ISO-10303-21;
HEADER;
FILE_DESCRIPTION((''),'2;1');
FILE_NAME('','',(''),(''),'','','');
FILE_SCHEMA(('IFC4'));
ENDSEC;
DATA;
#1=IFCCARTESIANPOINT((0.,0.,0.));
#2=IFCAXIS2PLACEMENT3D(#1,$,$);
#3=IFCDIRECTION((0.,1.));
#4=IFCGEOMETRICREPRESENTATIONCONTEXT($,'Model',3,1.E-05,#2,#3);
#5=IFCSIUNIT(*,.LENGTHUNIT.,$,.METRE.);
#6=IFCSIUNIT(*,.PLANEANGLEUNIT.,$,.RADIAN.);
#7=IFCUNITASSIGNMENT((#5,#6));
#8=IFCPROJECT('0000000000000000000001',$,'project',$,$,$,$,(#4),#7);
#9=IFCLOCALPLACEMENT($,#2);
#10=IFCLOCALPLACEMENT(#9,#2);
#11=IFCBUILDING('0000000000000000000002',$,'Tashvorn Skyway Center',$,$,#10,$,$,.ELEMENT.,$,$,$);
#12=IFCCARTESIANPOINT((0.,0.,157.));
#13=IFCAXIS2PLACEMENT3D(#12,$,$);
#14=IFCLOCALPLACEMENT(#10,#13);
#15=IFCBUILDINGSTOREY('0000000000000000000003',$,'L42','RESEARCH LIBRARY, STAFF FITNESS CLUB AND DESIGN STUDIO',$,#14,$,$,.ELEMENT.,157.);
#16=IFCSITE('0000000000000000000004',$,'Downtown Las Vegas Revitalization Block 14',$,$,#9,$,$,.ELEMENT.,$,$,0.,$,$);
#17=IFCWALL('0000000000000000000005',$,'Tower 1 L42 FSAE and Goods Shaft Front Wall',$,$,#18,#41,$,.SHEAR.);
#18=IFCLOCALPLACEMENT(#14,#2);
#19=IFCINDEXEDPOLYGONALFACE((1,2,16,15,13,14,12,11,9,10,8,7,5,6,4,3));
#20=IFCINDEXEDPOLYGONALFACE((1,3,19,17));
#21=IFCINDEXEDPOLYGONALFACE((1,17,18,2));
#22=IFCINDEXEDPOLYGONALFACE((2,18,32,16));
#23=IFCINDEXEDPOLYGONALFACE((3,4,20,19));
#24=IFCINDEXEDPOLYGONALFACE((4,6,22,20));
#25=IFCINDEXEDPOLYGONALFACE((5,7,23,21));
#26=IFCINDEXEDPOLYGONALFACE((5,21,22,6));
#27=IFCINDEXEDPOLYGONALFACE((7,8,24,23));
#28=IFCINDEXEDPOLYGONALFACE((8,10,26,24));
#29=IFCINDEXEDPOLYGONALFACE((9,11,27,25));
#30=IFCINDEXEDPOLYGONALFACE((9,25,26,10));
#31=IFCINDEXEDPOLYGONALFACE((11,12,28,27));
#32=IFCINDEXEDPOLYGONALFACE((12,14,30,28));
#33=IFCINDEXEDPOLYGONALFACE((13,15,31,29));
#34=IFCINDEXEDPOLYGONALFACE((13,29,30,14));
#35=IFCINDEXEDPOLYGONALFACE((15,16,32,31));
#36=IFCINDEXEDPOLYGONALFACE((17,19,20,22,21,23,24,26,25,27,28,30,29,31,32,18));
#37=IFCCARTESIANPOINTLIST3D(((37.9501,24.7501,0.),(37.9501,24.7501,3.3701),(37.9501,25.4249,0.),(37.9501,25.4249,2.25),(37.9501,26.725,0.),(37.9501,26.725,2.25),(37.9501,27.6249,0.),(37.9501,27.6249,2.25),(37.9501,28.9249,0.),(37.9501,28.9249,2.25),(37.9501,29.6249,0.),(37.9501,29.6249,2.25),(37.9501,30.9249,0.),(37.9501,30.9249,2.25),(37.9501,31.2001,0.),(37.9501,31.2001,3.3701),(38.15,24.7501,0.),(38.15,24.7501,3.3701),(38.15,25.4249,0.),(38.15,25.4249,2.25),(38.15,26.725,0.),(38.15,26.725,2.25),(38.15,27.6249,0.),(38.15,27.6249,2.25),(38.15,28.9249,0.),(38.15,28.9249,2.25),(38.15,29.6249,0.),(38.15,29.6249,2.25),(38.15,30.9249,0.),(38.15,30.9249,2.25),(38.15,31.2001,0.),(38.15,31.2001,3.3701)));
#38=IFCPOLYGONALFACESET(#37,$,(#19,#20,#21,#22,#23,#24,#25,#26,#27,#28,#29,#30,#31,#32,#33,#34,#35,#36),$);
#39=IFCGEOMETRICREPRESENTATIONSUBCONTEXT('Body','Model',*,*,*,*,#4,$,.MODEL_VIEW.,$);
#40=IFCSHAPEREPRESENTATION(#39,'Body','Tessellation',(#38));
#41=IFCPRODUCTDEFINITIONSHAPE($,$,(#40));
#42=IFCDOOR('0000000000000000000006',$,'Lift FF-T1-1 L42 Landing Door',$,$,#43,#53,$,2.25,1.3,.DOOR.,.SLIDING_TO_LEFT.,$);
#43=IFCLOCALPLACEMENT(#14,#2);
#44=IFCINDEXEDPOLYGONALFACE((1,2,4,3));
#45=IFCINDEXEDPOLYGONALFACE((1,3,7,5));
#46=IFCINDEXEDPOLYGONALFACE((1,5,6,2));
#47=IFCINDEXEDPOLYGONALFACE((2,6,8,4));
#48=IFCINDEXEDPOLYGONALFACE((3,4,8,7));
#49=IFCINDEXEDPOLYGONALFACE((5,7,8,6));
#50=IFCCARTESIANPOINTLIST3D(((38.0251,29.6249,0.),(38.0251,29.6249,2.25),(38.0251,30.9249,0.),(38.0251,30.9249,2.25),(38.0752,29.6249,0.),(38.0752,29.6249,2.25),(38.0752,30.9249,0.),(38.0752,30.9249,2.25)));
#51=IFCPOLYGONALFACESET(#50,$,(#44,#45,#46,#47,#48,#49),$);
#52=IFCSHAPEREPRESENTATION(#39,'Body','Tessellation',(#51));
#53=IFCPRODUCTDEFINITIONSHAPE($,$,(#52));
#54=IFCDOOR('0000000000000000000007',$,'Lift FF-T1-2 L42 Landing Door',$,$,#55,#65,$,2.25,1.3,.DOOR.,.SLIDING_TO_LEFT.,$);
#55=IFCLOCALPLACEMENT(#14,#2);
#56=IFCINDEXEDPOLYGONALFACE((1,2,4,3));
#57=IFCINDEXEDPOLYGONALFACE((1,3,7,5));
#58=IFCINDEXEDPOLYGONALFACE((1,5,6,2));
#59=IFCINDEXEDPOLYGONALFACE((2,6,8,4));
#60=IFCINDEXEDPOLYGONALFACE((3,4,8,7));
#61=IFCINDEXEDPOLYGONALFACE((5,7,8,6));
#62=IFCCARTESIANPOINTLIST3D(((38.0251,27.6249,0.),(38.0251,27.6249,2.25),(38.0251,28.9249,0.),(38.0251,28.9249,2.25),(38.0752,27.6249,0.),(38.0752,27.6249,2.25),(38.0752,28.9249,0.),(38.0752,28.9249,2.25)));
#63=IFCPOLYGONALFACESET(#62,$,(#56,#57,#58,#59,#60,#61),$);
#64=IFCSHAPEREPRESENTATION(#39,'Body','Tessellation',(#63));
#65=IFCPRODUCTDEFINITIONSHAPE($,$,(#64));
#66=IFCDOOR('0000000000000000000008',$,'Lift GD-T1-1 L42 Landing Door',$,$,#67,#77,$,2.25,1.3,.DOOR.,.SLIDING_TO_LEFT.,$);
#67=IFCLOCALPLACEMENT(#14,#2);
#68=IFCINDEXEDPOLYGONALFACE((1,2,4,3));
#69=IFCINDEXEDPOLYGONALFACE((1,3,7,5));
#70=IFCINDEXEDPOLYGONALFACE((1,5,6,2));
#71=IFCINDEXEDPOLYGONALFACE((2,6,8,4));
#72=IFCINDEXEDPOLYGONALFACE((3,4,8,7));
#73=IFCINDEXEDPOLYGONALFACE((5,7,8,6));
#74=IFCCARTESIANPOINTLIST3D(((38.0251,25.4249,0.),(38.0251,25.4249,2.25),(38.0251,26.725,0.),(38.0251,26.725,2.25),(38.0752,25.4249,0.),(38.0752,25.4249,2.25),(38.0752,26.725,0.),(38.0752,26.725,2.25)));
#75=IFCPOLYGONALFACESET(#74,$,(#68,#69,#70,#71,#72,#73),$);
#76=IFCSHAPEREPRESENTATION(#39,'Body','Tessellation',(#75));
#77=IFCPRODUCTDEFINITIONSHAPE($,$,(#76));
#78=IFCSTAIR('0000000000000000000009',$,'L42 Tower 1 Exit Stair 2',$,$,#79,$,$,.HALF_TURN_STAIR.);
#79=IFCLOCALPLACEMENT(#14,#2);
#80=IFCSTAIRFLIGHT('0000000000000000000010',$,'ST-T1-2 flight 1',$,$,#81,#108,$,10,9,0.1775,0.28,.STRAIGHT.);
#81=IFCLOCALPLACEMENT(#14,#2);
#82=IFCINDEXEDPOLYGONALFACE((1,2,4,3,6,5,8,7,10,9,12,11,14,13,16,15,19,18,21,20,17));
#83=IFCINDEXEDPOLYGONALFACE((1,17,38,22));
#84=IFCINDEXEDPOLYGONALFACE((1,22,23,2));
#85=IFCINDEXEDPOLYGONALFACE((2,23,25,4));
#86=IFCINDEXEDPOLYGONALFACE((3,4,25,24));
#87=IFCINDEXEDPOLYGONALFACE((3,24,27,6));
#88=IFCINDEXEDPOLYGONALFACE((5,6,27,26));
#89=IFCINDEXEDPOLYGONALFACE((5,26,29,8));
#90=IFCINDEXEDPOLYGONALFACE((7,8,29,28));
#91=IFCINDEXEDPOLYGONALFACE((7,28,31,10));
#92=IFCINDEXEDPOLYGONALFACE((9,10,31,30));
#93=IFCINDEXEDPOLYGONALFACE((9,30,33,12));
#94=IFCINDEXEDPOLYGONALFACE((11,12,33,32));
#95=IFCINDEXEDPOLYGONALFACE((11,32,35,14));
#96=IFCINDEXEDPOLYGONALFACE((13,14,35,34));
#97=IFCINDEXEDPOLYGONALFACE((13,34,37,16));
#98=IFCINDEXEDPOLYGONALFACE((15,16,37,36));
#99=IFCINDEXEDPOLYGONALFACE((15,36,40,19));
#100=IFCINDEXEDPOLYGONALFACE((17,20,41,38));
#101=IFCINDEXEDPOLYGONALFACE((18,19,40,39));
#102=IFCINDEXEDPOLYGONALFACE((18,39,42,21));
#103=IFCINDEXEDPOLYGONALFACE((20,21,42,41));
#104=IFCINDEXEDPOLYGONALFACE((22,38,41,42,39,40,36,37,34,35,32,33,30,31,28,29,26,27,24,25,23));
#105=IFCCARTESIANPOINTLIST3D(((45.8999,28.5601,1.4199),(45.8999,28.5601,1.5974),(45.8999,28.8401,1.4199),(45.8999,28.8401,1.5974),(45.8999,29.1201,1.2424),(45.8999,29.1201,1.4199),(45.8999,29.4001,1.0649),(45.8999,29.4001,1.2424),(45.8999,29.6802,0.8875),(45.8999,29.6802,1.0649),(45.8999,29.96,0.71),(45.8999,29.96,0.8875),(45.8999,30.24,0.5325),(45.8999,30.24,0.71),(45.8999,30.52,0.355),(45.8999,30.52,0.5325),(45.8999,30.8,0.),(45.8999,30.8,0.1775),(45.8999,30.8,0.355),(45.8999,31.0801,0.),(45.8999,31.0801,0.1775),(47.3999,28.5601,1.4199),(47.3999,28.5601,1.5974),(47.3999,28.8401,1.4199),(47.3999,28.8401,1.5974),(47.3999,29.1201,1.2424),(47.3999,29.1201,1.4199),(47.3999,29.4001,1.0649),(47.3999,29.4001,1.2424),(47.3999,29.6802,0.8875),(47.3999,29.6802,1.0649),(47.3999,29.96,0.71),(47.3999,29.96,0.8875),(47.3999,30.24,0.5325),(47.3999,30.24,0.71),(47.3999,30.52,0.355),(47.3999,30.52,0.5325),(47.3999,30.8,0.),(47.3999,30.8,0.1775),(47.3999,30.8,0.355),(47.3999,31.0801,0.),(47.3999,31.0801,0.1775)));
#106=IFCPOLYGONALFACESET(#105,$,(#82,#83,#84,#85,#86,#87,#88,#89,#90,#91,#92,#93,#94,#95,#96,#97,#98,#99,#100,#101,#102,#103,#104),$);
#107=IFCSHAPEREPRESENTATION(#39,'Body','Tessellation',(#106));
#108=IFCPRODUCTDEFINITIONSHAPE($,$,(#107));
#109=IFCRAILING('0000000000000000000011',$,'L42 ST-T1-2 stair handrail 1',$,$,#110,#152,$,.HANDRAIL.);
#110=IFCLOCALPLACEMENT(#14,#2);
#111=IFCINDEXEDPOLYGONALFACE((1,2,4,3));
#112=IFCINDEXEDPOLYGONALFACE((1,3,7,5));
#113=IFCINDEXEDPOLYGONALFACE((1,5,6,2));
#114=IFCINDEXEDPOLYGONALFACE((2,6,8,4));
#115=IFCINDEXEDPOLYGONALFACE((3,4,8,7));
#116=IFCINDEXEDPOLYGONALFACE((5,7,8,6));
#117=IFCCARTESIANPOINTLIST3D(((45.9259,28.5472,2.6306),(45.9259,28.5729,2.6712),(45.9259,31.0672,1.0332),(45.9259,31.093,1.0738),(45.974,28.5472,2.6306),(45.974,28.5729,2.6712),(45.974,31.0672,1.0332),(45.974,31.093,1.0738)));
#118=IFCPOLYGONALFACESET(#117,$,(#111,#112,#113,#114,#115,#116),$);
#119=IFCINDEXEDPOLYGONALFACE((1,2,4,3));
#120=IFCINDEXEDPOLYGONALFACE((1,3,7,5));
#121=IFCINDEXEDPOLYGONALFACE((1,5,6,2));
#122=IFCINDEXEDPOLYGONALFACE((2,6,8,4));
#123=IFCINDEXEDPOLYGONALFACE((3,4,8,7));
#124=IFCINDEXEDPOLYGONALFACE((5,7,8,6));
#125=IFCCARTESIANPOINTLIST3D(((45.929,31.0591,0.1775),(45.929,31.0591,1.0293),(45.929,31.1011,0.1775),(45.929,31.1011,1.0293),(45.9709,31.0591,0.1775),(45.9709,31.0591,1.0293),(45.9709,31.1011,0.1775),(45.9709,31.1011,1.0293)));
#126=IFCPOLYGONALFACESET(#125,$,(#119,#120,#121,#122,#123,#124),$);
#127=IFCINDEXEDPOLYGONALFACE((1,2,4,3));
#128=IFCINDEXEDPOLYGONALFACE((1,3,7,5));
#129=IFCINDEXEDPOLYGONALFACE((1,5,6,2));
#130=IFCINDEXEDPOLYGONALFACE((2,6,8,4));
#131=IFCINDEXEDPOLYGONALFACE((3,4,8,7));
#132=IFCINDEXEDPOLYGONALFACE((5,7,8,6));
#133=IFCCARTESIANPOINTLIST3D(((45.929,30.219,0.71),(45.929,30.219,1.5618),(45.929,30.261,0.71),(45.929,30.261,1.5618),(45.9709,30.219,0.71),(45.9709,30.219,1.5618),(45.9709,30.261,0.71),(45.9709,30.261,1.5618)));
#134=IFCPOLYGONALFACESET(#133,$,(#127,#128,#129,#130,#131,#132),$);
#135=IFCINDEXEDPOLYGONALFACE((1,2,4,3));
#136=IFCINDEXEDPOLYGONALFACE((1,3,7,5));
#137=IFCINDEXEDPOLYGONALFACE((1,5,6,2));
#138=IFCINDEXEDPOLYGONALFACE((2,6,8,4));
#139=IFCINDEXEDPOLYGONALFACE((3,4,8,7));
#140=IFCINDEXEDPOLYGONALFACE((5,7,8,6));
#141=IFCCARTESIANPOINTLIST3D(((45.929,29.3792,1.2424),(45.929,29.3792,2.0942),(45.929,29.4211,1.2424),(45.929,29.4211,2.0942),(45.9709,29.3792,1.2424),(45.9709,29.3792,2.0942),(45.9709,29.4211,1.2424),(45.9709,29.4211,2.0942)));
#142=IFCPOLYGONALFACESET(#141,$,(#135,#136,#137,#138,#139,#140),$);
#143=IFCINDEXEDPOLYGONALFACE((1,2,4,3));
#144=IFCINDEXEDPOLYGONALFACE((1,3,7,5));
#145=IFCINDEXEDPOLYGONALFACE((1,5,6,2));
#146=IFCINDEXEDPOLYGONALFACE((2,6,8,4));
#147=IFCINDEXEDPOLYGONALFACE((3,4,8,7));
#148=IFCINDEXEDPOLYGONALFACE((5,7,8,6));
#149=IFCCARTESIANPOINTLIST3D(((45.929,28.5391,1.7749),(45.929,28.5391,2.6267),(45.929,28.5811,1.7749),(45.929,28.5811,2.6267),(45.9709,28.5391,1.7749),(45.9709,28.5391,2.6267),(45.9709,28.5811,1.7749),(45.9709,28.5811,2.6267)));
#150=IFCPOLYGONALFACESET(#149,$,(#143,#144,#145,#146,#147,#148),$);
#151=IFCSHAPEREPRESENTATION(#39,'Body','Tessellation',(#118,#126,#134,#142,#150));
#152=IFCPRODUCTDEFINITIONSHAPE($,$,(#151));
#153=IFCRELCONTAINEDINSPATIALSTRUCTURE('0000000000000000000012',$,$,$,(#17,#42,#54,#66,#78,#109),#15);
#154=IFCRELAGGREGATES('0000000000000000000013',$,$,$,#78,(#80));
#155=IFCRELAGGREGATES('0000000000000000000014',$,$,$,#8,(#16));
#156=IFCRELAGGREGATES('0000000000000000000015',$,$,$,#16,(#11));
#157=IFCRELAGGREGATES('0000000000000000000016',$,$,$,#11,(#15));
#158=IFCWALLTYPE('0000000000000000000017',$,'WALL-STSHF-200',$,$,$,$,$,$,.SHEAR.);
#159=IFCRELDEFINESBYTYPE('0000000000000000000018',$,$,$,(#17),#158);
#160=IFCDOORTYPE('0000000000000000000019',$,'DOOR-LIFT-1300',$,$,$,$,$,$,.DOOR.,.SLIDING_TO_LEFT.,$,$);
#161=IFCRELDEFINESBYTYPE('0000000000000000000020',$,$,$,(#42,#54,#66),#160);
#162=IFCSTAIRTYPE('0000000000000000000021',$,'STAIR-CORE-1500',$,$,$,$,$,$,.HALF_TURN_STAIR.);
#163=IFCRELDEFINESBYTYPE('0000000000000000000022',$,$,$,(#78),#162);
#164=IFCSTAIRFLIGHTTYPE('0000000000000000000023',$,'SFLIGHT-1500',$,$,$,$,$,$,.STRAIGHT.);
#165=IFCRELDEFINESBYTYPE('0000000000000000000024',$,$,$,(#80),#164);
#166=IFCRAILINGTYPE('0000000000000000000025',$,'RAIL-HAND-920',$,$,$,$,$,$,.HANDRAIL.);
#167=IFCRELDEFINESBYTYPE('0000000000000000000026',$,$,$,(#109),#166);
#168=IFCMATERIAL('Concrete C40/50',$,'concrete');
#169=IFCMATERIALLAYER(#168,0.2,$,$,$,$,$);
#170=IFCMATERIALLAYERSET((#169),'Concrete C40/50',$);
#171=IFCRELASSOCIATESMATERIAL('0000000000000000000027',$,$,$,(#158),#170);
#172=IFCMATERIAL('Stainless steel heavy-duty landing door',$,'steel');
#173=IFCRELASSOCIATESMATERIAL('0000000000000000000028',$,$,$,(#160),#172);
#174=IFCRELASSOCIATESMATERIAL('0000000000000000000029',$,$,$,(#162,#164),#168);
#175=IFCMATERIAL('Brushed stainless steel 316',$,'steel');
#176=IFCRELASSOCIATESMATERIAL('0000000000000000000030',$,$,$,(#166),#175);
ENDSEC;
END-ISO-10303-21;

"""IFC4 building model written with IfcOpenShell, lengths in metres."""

from ifc_helpers import new_model, si_unit, direction, frame, frame_2d, origin, origin_2d, place, context, subcontext, project, spatial, polyline, rectangle, outline, extrude, material, layer, layer_set, type_object, element, fill, aggregate, save


model = new_model("IFC4")

# Units and contexts
model_context = context("Model", 3, precision=1e-05, world=origin(), true_north=direction((0.0, 1.0)))
body_context = subcontext(model_context, "Body", "Model", "MODEL_VIEW")
ifc_project = project(units=[si_unit("LENGTHUNIT", "METRE"), si_unit("PLANEANGLEUNIT", "RADIAN")], contexts=[model_context])

# Site, building, storey
site_placement = place(None, origin())
site = spatial("IfcSite", under=ifc_project, at=site_placement, Name="Downtown Las Vegas Revitalization Block 14", CompositionType="ELEMENT", RefElevation=0.0)
building_placement = place(site_placement, origin())
building = spatial("IfcBuilding", under=site, at=building_placement, Name="Tashvorn Skyway Center", CompositionType="ELEMENT")
storey_placement = place(building_placement, frame((0.0, 0.0, 157.0)))
storey = spatial("IfcBuildingStorey", under=building, at=storey_placement, Name="L42", Description="RESEARCH LIBRARY, STAFF FITNESS CLUB AND DESIGN STUDIO", CompositionType="ELEMENT", Elevation=157.0)

# Shared definitions
ifc_material_1 = material(Name="Concrete C40/50", Category="concrete")

# Shared definitions
ifc_layer_1 = layer(ifc_material_1, 0.2)
ifc_layer_set_1 = layer_set([ifc_layer_1], Name="Concrete C40/50")
wall_type_1 = type_object("IfcWallType", Name="WALL-STSHF-200", PredefinedType="SHEAR", material=ifc_layer_set_1)

# Wall, openings, doors
wall_1_placement = place(storey_placement, frame((38.05, 24.75, 0.0), z_axis=(0.0, 0.0, 1.0), x_axis=(0.0, 1.0, 0.0)))
wall_1 = element("IfcWall", 1, at=wall_1_placement, inside=storey, type_object=wall_type_1, Name="Tower 1 L42 FSAE and Goods Shaft Front Wall", PredefinedType="SHEAR", context=body_context, shape_type="SweptSolid", body=[
    extrude(rectangle(XDim=6.45, YDim=0.2, at=frame_2d((3.2251, 0.0))), origin(), (0.0, 0.0, 1.0), 3.3701),
])
opening_1_placement = place(wall_1_placement, frame((4.875, 0.0, 0.0)))
opening_1 = element("IfcOpeningElement", 2, at=opening_1_placement, cuts=wall_1, PredefinedType="OPENING", context=body_context, shape_type="SweptSolid", body=[
    extrude(rectangle(XDim=1.3, YDim=2.25, at=frame_2d((0.6499, 1.125))), frame((0.0, 0.1099, 0.0), z_axis=(0.0, -1.0, 0.0), x_axis=(1.0, 0.0, 0.0)), (0.0, 0.0, 1.0), 0.22),
])
opening_2_placement = place(wall_1_placement, frame((2.875, 0.0, 0.0)))
opening_2 = element("IfcOpeningElement", 3, at=opening_2_placement, cuts=wall_1, PredefinedType="OPENING", context=body_context, shape_type="SweptSolid", body=[
    extrude(rectangle(XDim=1.3, YDim=2.25, at=frame_2d((0.6499, 1.125))), frame((0.0, 0.1099, 0.0), z_axis=(0.0, -1.0, 0.0), x_axis=(1.0, 0.0, 0.0)), (0.0, 0.0, 1.0), 0.22),
])
opening_3_placement = place(wall_1_placement, frame((0.675, 0.0, 0.0)))
opening_3 = element("IfcOpeningElement", 4, at=opening_3_placement, cuts=wall_1, PredefinedType="OPENING", context=body_context, shape_type="SweptSolid", body=[
    extrude(rectangle(XDim=1.3, YDim=2.25, at=frame_2d((0.6499, 1.125))), frame((0.0, 0.1099, 0.0), z_axis=(0.0, -1.0, 0.0), x_axis=(1.0, 0.0, 0.0)), (0.0, 0.0, 1.0), 0.22),
])
ifc_material_2 = material(Name="Stainless steel heavy-duty landing door", Category="steel")
door_type_1 = type_object("IfcDoorType", Name="DOOR-LIFT-1300", OperationType="SLIDING_TO_LEFT", PredefinedType="DOOR", material=ifc_material_2)
door_1_placement = place(opening_1_placement, origin())
door_1 = element("IfcDoor", 5, at=door_1_placement, inside=storey, type_object=door_type_1, Name="Lift FF-T1-1 L42 Landing Door", OperationType="SLIDING_TO_LEFT", OverallHeight=2.25, OverallWidth=1.3, PredefinedType="DOOR", context=body_context, shape_type="SweptSolid", body=[
    extrude(rectangle(XDim=1.3, YDim=2.25, at=frame_2d((0.6499, 1.125))), frame((0.0, 0.0249, 0.0), z_axis=(0.0, -1.0, 0.0), x_axis=(1.0, 0.0, 0.0)), (0.0, 0.0, 1.0), 0.05),
])
fill(opening_1, door_1)
door_2_placement = place(opening_2_placement, origin())
door_2 = element("IfcDoor", 6, at=door_2_placement, inside=storey, type_object=door_type_1, Name="Lift FF-T1-2 L42 Landing Door", OperationType="SLIDING_TO_LEFT", OverallHeight=2.25, OverallWidth=1.3, PredefinedType="DOOR", context=body_context, shape_type="SweptSolid", body=[
    extrude(rectangle(XDim=1.3, YDim=2.25, at=frame_2d((0.6499, 1.125))), frame((0.0, 0.0249, 0.0), z_axis=(0.0, -1.0, 0.0), x_axis=(1.0, 0.0, 0.0)), (0.0, 0.0, 1.0), 0.05),
])
fill(opening_2, door_2)
door_3_placement = place(opening_3_placement, origin())
door_3 = element("IfcDoor", 7, at=door_3_placement, inside=storey, type_object=door_type_1, Name="Lift GD-T1-1 L42 Landing Door", OperationType="SLIDING_TO_LEFT", OverallHeight=2.25, OverallWidth=1.3, PredefinedType="DOOR", context=body_context, shape_type="SweptSolid", body=[
    extrude(rectangle(XDim=1.3, YDim=2.25, at=frame_2d((0.6499, 1.125))), frame((0.0, 0.0249, 0.0), z_axis=(0.0, -1.0, 0.0), x_axis=(1.0, 0.0, 0.0)), (0.0, 0.0, 1.0), 0.05),
])
fill(opening_3, door_3)

# Stair, stair flight
stair_type = type_object("IfcStairType", Name="STAIR-CORE-1500", PredefinedType="HALF_TURN_STAIR", material=ifc_material_1)
stair_placement = place(storey_placement, origin())
stair = element("IfcStair", 8, at=stair_placement, inside=storey, type_object=stair_type, Name="L42 Tower 1 Exit Stair 2", PredefinedType="HALF_TURN_STAIR")
stair_flight_type = type_object("IfcStairFlightType", Name="SFLIGHT-1500", PredefinedType="STRAIGHT", material=ifc_material_1)
stair_flight_placement = place(storey_placement, frame((46.6499, 31.0801, 0.0), z_axis=(0.0, 0.0, 1.0), x_axis=(0.0, -1.0, 0.0)))
stair_flight = element("IfcStairFlight", 9, at=stair_flight_placement, type_object=stair_flight_type, Name="ST-T1-2 flight 1", NumberOfRisers=10, NumberOfTreads=9, PredefinedType="STRAIGHT", RiserHeight=0.1775, TreadLength=0.28, context=body_context, shape_type="SweptSolid", body=[
    extrude(outline(polyline([(0.0, 0.0), (0.0, 0.1775), (0.28, 0.1775), (0.28, 0.355), (0.5601, 0.355), (0.5601, 0.5325), (0.8401, 0.5325), (0.8401, 0.71), (1.1201, 0.71), (1.1201, 0.8875), (1.3999, 0.8875), (1.3999, 1.0649), (1.6799, 1.0649), (1.6799, 1.2424), (1.96, 1.2424), (1.96, 1.4199), (2.24, 1.4199), (2.24, 1.5974), (2.52, 1.5974), (2.52, 1.7749), (2.52, 1.4199), (0.28, 0.0), (0.0, 0.0)])), frame((0.0, 0.75, 0.0), z_axis=(0.0, -1.0, 0.0), x_axis=(1.0, 0.0, 0.0)), (0.0, 0.0, 1.0), 1.5),
])
aggregate(stair, [stair_flight])

# Railing
ifc_material_3 = material(Name="Brushed stainless steel 316", Category="steel")
railing_type_1 = type_object("IfcRailingType", Name="RAIL-HAND-920", PredefinedType="HANDRAIL", material=ifc_material_3)
railing_1_placement = place(storey_placement, frame((45.95, 31.0801, 0.1775)))
element("IfcRailing", 10, at=railing_1_placement, inside=storey, type_object=railing_type_1, Name="L42 ST-T1-2 stair handrail 1", PredefinedType="HANDRAIL", context=body_context, shape_type="SweptSolid", body=[
    extrude(rectangle(XDim=0.0481, YDim=0.0481, at=origin_2d()), frame((0.0, 0.0, 0.876), z_axis=(0.0, -0.844607, 0.535387), x_axis=(1.0, 0.0, 0.0)), (0.0, 0.0, 1.0), 2.9836),
    extrude(rectangle(XDim=0.042, YDim=0.042, at=origin_2d()), origin(), (0.0, 0.0, 1.0), 0.8518),
    extrude(rectangle(XDim=0.042, YDim=0.042, at=origin_2d()), frame((0.0, -0.8401, 0.5325)), (0.0, 0.0, 1.0), 0.8518),
    extrude(rectangle(XDim=0.042, YDim=0.042, at=origin_2d()), frame((0.0, -1.6799, 1.0649)), (0.0, 0.0, 1.0), 0.8518),
    extrude(rectangle(XDim=0.042, YDim=0.042, at=origin_2d()), frame((0.0, -2.52, 1.5974)), (0.0, 0.0, 1.0), 0.8518),
])

save(model, "model.ifc")
